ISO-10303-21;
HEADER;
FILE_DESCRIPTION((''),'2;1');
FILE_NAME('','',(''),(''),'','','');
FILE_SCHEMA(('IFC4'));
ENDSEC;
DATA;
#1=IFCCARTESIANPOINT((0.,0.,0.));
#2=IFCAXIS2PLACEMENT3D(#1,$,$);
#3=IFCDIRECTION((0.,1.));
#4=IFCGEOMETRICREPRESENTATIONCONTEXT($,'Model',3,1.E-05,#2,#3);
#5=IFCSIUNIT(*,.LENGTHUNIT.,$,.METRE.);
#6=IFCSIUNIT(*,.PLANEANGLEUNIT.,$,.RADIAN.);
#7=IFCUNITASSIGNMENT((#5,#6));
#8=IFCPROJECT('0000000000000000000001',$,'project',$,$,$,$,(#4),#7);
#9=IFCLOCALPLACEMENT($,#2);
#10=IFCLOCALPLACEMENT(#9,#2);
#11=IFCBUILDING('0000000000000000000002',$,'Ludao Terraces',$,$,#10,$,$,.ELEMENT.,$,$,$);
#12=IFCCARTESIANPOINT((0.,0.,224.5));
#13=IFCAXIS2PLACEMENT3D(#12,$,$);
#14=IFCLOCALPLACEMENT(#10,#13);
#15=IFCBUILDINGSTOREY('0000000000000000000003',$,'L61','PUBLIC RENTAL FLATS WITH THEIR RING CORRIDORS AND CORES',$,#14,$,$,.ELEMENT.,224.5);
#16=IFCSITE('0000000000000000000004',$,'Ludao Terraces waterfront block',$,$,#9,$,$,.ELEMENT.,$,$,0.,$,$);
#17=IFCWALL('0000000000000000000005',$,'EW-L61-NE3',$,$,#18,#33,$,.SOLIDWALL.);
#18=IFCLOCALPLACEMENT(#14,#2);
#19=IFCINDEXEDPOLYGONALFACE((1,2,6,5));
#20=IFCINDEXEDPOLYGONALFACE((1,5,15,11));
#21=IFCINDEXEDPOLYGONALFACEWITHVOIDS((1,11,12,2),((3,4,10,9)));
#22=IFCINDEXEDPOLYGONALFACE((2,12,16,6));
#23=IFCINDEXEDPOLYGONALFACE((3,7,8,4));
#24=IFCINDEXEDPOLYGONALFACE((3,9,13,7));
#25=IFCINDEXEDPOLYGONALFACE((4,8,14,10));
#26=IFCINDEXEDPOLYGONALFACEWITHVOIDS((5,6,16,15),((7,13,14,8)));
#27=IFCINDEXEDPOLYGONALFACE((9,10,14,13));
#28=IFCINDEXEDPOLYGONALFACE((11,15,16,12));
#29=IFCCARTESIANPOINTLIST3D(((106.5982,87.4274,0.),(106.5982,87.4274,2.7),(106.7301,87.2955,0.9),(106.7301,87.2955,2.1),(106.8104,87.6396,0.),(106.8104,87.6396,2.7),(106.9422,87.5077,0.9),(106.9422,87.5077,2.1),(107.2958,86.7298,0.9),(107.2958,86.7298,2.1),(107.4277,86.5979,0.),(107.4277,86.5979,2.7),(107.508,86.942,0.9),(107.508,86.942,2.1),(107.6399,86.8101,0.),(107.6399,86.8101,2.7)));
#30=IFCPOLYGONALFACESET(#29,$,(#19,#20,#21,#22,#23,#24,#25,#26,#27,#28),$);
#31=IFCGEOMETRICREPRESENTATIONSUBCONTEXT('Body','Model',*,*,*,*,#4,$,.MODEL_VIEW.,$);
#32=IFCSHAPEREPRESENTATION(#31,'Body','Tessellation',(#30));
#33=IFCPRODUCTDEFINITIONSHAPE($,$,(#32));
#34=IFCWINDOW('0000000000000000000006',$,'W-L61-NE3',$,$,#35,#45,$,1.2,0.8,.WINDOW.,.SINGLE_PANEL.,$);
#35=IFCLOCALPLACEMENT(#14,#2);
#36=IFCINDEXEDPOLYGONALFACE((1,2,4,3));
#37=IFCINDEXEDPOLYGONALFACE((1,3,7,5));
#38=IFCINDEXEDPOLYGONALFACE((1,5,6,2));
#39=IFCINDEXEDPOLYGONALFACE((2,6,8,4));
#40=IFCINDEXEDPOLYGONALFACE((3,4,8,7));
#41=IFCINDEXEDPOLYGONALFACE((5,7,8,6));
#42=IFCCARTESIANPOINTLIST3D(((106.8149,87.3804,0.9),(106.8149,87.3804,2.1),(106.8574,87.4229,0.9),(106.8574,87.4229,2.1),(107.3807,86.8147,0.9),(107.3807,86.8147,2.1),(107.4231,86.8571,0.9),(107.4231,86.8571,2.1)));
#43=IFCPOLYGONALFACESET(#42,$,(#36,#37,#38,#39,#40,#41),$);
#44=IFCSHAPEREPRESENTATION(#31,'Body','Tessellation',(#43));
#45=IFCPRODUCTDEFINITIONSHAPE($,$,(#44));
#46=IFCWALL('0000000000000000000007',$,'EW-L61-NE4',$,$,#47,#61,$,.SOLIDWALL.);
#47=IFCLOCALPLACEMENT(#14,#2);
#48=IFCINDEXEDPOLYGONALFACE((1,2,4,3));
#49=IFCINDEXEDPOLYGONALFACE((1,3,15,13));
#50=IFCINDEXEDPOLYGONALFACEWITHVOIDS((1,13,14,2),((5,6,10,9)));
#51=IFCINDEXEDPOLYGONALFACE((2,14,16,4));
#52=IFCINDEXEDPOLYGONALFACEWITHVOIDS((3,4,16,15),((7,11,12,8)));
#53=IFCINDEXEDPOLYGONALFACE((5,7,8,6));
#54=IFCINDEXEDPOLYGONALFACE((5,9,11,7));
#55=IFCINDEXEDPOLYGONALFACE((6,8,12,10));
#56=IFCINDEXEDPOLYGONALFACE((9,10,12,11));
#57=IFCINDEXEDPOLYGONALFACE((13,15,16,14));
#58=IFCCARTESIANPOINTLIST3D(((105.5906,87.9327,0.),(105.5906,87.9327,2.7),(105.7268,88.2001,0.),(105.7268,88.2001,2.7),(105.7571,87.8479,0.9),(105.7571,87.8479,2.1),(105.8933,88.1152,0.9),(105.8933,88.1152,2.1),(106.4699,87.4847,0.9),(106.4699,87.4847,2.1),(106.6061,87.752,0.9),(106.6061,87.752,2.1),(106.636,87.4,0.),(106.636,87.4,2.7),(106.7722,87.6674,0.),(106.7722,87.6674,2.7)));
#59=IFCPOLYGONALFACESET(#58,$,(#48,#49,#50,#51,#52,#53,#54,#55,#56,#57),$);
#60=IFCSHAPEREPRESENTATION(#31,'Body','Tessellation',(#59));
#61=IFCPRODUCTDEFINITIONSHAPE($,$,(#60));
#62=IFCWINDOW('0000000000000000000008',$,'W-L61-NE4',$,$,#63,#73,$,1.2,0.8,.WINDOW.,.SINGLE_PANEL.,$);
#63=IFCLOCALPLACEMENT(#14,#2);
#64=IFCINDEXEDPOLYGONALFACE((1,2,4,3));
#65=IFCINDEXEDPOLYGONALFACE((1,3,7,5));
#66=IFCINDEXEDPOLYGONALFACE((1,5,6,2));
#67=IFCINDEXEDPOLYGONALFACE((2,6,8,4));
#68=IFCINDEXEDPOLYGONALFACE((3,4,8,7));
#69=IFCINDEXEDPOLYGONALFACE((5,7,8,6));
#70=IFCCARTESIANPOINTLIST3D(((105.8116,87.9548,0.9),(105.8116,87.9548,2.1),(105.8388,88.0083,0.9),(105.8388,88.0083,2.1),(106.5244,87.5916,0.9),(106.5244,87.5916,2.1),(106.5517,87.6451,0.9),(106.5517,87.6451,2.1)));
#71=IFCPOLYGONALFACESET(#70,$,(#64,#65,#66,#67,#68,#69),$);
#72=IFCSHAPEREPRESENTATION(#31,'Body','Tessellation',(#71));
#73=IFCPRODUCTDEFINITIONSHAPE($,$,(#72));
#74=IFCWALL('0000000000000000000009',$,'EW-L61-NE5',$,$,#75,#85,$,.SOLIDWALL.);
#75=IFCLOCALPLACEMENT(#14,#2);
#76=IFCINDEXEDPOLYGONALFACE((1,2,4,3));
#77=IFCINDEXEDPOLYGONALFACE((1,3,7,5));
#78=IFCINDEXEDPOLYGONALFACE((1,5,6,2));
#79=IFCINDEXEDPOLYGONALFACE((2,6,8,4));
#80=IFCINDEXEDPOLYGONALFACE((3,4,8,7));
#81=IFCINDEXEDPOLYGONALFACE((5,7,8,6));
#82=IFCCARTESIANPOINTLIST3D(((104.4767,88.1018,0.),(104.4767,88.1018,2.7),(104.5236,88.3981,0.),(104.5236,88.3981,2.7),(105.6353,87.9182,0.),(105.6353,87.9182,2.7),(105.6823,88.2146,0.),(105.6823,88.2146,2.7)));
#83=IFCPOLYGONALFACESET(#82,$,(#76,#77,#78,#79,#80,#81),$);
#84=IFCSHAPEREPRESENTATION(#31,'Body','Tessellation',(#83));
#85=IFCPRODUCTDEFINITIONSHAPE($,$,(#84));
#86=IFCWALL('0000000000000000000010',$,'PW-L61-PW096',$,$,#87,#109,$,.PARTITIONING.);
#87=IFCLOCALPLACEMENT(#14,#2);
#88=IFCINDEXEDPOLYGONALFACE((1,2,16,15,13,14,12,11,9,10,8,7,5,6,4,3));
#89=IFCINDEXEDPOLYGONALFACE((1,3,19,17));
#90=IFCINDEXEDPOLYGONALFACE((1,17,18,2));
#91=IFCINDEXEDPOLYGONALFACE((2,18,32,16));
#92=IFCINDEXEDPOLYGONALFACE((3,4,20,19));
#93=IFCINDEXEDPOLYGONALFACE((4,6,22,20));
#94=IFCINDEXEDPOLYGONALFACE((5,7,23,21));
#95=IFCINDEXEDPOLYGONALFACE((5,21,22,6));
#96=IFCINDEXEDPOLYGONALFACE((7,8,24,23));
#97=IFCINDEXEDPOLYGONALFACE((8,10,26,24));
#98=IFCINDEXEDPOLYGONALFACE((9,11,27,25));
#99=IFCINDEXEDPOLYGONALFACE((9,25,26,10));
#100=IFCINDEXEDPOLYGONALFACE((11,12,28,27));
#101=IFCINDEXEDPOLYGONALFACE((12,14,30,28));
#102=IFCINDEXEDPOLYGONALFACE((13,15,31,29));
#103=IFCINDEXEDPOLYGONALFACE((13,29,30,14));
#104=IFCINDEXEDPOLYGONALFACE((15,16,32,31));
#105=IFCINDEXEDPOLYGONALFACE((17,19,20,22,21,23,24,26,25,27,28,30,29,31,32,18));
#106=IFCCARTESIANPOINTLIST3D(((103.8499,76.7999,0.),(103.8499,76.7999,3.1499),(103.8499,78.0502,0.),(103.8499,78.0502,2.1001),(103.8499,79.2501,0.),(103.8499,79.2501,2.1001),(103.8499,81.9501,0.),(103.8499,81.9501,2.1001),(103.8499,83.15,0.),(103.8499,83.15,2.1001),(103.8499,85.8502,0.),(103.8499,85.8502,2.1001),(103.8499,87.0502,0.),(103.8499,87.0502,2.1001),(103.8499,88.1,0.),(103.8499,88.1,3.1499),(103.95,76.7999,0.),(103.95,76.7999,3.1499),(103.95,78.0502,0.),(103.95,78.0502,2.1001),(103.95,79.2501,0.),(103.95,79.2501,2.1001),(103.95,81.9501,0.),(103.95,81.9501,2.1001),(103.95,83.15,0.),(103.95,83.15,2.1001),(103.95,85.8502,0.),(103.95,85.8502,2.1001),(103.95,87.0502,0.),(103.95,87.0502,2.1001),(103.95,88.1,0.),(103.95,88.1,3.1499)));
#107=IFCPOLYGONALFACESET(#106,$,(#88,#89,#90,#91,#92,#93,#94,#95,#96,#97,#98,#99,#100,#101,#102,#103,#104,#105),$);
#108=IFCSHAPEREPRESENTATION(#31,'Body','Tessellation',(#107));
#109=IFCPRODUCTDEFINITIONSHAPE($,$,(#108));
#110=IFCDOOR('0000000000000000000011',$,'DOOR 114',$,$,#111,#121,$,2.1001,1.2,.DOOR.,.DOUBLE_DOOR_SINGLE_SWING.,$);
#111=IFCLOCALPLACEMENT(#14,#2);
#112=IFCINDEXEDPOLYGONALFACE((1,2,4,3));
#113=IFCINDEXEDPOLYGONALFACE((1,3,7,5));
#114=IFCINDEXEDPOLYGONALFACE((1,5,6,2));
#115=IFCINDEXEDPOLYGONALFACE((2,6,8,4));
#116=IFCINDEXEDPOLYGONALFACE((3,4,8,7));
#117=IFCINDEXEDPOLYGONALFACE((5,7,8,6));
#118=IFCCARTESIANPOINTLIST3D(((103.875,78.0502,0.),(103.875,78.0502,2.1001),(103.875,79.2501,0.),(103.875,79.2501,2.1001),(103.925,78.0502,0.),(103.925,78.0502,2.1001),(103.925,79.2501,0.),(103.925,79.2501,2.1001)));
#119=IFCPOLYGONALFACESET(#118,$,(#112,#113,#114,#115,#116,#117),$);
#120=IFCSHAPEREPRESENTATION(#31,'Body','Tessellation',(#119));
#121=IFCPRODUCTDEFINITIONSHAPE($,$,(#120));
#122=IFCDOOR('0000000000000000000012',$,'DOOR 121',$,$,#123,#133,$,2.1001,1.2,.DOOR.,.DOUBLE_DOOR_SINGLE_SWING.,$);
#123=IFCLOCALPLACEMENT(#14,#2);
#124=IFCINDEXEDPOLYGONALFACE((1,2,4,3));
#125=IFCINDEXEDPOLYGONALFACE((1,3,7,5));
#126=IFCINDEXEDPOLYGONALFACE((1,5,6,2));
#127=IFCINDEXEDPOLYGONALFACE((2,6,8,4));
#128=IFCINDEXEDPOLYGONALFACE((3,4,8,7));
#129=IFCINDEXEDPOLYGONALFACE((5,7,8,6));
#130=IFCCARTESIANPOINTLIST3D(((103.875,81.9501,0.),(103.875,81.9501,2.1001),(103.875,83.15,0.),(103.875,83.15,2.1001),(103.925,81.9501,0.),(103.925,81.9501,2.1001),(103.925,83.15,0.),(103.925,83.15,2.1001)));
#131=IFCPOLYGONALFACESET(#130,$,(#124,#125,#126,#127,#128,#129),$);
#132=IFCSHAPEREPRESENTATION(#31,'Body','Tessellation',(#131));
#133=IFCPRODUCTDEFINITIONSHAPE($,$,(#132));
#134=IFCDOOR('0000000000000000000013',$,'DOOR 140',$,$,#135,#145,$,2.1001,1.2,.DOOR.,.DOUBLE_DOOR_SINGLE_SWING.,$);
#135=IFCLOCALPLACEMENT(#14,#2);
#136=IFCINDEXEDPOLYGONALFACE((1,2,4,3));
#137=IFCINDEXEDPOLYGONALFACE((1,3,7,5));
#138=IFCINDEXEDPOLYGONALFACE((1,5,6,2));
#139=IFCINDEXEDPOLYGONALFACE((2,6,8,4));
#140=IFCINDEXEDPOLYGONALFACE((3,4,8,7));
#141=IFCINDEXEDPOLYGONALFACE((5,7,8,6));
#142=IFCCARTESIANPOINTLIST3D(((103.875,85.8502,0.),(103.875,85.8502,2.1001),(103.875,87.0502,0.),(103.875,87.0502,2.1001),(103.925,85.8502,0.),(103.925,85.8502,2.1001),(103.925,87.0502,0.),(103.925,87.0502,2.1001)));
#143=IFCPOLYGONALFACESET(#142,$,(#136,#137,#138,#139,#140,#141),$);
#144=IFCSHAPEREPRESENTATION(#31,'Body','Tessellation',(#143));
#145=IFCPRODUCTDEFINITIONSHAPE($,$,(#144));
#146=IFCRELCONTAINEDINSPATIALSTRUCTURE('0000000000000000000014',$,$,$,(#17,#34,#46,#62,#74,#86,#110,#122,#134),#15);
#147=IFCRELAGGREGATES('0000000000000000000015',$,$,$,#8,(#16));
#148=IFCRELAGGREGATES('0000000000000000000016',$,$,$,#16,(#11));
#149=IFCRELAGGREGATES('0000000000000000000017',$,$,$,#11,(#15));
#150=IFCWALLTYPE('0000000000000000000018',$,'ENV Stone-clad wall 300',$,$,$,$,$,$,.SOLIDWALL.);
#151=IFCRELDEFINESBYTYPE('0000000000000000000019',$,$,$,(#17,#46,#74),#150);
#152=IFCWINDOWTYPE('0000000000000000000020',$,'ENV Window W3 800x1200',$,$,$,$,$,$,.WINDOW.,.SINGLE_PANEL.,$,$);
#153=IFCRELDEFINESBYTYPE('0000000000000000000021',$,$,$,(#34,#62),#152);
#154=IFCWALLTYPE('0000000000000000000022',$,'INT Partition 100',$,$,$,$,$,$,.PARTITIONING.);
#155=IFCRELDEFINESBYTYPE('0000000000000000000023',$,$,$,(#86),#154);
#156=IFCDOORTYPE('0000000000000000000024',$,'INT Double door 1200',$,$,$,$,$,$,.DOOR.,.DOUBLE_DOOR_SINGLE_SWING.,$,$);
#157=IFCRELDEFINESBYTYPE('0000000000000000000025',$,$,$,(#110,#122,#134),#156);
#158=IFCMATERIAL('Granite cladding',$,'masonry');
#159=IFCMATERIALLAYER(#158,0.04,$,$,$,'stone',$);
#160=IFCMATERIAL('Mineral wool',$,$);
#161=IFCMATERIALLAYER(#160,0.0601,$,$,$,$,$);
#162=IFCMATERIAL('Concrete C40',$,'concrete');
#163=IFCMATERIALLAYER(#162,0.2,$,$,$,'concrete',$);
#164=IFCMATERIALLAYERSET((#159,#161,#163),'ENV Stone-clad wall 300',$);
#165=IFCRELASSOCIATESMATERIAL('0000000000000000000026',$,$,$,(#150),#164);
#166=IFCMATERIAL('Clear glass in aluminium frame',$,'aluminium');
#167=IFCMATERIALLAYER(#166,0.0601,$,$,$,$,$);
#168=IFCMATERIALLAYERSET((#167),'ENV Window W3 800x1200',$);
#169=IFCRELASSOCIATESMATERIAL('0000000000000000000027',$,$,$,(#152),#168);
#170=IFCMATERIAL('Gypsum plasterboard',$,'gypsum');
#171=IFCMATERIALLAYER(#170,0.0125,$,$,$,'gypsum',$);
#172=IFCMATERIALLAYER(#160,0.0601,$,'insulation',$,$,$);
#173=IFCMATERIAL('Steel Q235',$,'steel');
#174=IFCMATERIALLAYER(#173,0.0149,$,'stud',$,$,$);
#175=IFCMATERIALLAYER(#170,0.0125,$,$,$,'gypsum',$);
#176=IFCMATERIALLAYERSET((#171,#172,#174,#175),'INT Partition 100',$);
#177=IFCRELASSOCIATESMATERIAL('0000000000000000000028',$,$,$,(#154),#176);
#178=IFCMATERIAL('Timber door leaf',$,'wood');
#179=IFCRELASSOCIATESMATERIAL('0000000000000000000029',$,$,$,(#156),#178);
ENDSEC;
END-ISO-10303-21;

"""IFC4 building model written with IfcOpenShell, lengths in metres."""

from ifc_helpers import new_model, si_unit, direction, frame, frame_2d, origin, place, context, subcontext, project, spatial, rectangle, extrude, material, layer, layer_set, type_object, element, fill, save


model = new_model("IFC4")

# Units and contexts
model_context = context("Model", 3, precision=1e-05, world=origin(), true_north=direction((0.0, 1.0)))
body_context = subcontext(model_context, "Body", "Model", "MODEL_VIEW")
ifc_project = project(units=[si_unit("LENGTHUNIT", "METRE"), si_unit("PLANEANGLEUNIT", "RADIAN")], contexts=[model_context])

# Site, building, storey
site_placement = place(None, origin())
site = spatial("IfcSite", under=ifc_project, at=site_placement, Name="Ludao Terraces waterfront block", CompositionType="ELEMENT", RefElevation=0.0)
building_placement = place(site_placement, origin())
building = spatial("IfcBuilding", under=site, at=building_placement, Name="Ludao Terraces", CompositionType="ELEMENT")
storey_placement = place(building_placement, frame((0.0, 0.0, 224.5)))
storey = spatial("IfcBuildingStorey", under=building, at=storey_placement, Name="L61", Description="PUBLIC RENTAL FLATS WITH THEIR RING CORRIDORS AND CORES", CompositionType="ELEMENT", Elevation=224.5)

# Shared definitions
ifc_material_1 = material(Name="Concrete C40", Category="concrete")

# Shared definitions
ifc_material_2 = material(Name="Granite cladding", Category="masonry")
ifc_layer_1 = layer(ifc_material_2, 0.04, Category="stone")
ifc_material_3 = material(Name="Mineral wool")
ifc_layer_2 = layer(ifc_material_3, 0.0601)
ifc_layer_3 = layer(ifc_material_1, 0.2, Category="concrete")
ifc_layer_set_1 = layer_set([ifc_layer_1, ifc_layer_2, ifc_layer_3], Name="ENV Stone-clad wall 300")
wall_type_1 = type_object("IfcWallType", Name="ENV Stone-clad wall 300", PredefinedType="SOLIDWALL", material=ifc_layer_set_1)
ifc_material_4 = material(Name="Clear glass in aluminium frame", Category="aluminium")

# Walls, openings, windows
ifc_layer_4 = layer(ifc_material_4, 0.0601)
ifc_layer_set_2 = layer_set([ifc_layer_4], Name="ENV Window W3 800x1200")
window_type_1 = type_object("IfcWindowType", Name="ENV Window W3 800x1200", PartitioningType="SINGLE_PANEL", PredefinedType="WINDOW", material=ifc_layer_set_2)
wall_1_placement = place(storey_placement, frame((107.5337, 86.7041, 0.0), z_axis=(0.0, 0.0, 1.0), x_axis=(-0.707107, 0.707107, 0.0)))
wall_1 = element("IfcWall", 1, at=wall_1_placement, inside=storey, type_object=wall_type_1, Name="EW-L61-NE3", PredefinedType="SOLIDWALL", context=body_context, shape_type="SweptSolid", body=[
    extrude(rectangle(XDim=1.1731, YDim=0.3, at=frame_2d((0.5864, 0.0))), origin(), (0.0, 0.0, 1.0), 2.7),
])
opening_1_placement = place(wall_1_placement, frame((0.1865, 0.0, 0.8999)))
opening_1 = element("IfcOpeningElement", 2, at=opening_1_placement, cuts=wall_1, PredefinedType="OPENING", context=body_context, shape_type="SweptSolid", body=[
    extrude(rectangle(XDim=0.8, YDim=1.2, at=frame_2d((0.3999, 0.6001))), frame((0.0, 0.1602, 0.0), z_axis=(0.0, -1.0, 0.0), x_axis=(1.0, 0.0, 0.0)), (0.0, 0.0, 1.0), 0.3201),
])
window_1_placement = place(opening_1_placement, origin())
window_1 = element("IfcWindow", 3, at=window_1_placement, inside=storey, type_object=window_type_1, Name="W-L61-NE3", OverallHeight=1.2, OverallWidth=0.8, PartitioningType="SINGLE_PANEL", PredefinedType="WINDOW", context=body_context, shape_type="SweptSolid", body=[
    extrude(rectangle(XDim=0.8, YDim=1.2, at=frame_2d((0.3999, 0.6001))), frame((0.0, 0.03, 0.0), z_axis=(0.0, -1.0, 0.0), x_axis=(1.0, 0.0, 0.0)), (0.0, 0.0, 1.0), 0.0601),
])
fill(opening_1, window_1)
wall_2_placement = place(storey_placement, frame((106.7041, 87.5337, 0.0), z_axis=(0.0, 0.0, 1.0), x_axis=(-0.890989, 0.454026, 0.0)))
wall_2 = element("IfcWall", 4, at=wall_2_placement, inside=storey, type_object=wall_type_1, Name="EW-L61-NE4", PredefinedType="SOLIDWALL", context=body_context, shape_type="SweptSolid", body=[
    extrude(rectangle(XDim=1.1733, YDim=0.3, at=frame_2d((0.5867, 0.0))), origin(), (0.0, 0.0, 1.0), 2.7),
])
opening_2_placement = place(wall_2_placement, frame((0.1865, 0.0, 0.8999)))
opening_2 = element("IfcOpeningElement", 5, at=opening_2_placement, cuts=wall_2, PredefinedType="OPENING", context=body_context, shape_type="SweptSolid", body=[
    extrude(rectangle(XDim=0.8, YDim=1.2, at=frame_2d((0.3999, 0.6001))), frame((0.0, 0.1602, 0.0), z_axis=(0.0, -1.0, 0.0), x_axis=(1.0, 0.0, 0.0)), (0.0, 0.0, 1.0), 0.3201),
])
window_2_placement = place(opening_2_placement, origin())
window_2 = element("IfcWindow", 6, at=window_2_placement, inside=storey, type_object=window_type_1, Name="W-L61-NE4", OverallHeight=1.2, OverallWidth=0.8, PartitioningType="SINGLE_PANEL", PredefinedType="WINDOW", context=body_context, shape_type="SweptSolid", body=[
    extrude(rectangle(XDim=0.8, YDim=1.2, at=frame_2d((0.3999, 0.6001))), frame((0.0, 0.03, 0.0), z_axis=(0.0, -1.0, 0.0), x_axis=(1.0, 0.0, 0.0)), (0.0, 0.0, 1.0), 0.0601),
])
fill(opening_2, window_2)

# Wall
wall_3_placement = place(storey_placement, frame((105.6587, 88.0664, 0.0), z_axis=(0.0, 0.0, 1.0), x_axis=(-0.987678, 0.156497, 0.0)))
element("IfcWall", 7, at=wall_3_placement, inside=storey, type_object=wall_type_1, Name="EW-L61-NE5", PredefinedType="SOLIDWALL", context=body_context, shape_type="SweptSolid", body=[
    extrude(rectangle(XDim=1.1731, YDim=0.3, at=frame_2d((0.5864, 0.0))), origin(), (0.0, 0.0, 1.0), 2.7),
])

# Wall, openings, doors
ifc_material_5 = material(Name="Gypsum plasterboard", Category="gypsum")
ifc_layer_5 = layer(ifc_material_5, 0.0125, Category="gypsum")
ifc_layer_6 = layer(ifc_material_3, 0.0601, Name="insulation")
ifc_material_6 = material(Name="Steel Q235", Category="steel")
ifc_layer_7 = layer(ifc_material_6, 0.0149, Name="stud")
ifc_layer_8 = layer(ifc_material_5, 0.0125, Category="gypsum")
ifc_layer_set_3 = layer_set([ifc_layer_5, ifc_layer_6, ifc_layer_7, ifc_layer_8], Name="INT Partition 100")
wall_type_2 = type_object("IfcWallType", Name="INT Partition 100", PredefinedType="PARTITIONING", material=ifc_layer_set_3)
wall_4_placement = place(storey_placement, frame((103.8999, 76.8, 0.0), z_axis=(0.0, 0.0, 1.0), x_axis=(0.0, 1.0, 0.0)))
wall_4 = element("IfcWall", 8, at=wall_4_placement, inside=storey, type_object=wall_type_2, Name="PW-L61-PW096", PredefinedType="PARTITIONING", context=body_context, shape_type="SweptSolid", body=[
    extrude(rectangle(XDim=11.3, YDim=0.1001, at=frame_2d((5.6499, 0.0))), origin(), (0.0, 0.0, 1.0), 3.1499),
])
opening_3_placement = place(wall_4_placement, frame((1.25, 0.0, 0.0)))
opening_3 = element("IfcOpeningElement", 9, at=opening_3_placement, cuts=wall_4, PredefinedType="OPENING", context=body_context, shape_type="SweptSolid", body=[
    extrude(rectangle(XDim=1.2, YDim=2.1001, at=frame_2d((0.6001, 1.05))), frame((0.0, 0.0601, 0.0), z_axis=(0.0, -1.0, 0.0), x_axis=(1.0, 0.0, 0.0)), (0.0, 0.0, 1.0), 0.1201),
])
opening_4_placement = place(wall_4_placement, frame((5.1499, 0.0, 0.0)))
opening_4 = element("IfcOpeningElement", 10, at=opening_4_placement, cuts=wall_4, PredefinedType="OPENING", context=body_context, shape_type="SweptSolid", body=[
    extrude(rectangle(XDim=1.2, YDim=2.1001, at=frame_2d((0.6001, 1.05))), frame((0.0, 0.0601, 0.0), z_axis=(0.0, -1.0, 0.0), x_axis=(1.0, 0.0, 0.0)), (0.0, 0.0, 1.0), 0.1201),
])
opening_5_placement = place(wall_4_placement, frame((9.05, 0.0, 0.0)))
opening_5 = element("IfcOpeningElement", 11, at=opening_5_placement, cuts=wall_4, PredefinedType="OPENING", context=body_context, shape_type="SweptSolid", body=[
    extrude(rectangle(XDim=1.2, YDim=2.1001, at=frame_2d((0.6001, 1.05))), frame((0.0, 0.0601, 0.0), z_axis=(0.0, -1.0, 0.0), x_axis=(1.0, 0.0, 0.0)), (0.0, 0.0, 1.0), 0.1201),
])
ifc_material_7 = material(Name="Timber door leaf", Category="wood")
door_type = type_object("IfcDoorType", Name="INT Double door 1200", OperationType="DOUBLE_DOOR_SINGLE_SWING", PredefinedType="DOOR", material=ifc_material_7)
door_1_placement = place(opening_3_placement, origin())
door_1 = element("IfcDoor", 12, at=door_1_placement, inside=storey, type_object=door_type, Name="DOOR 114", OperationType="DOUBLE_DOOR_SINGLE_SWING", OverallHeight=2.1001, OverallWidth=1.2, PredefinedType="DOOR", context=body_context, shape_type="SweptSolid", body=[
    extrude(rectangle(XDim=1.2, YDim=2.1001, at=frame_2d((0.6001, 1.05))), frame((0.0, 0.0249, 0.0), z_axis=(0.0, -1.0, 0.0), x_axis=(1.0, 0.0, 0.0)), (0.0, 0.0, 1.0), 0.05),
])
fill(opening_3, door_1)
door_2_placement = place(opening_4_placement, origin())
door_2 = element("IfcDoor", 13, at=door_2_placement, inside=storey, type_object=door_type, Name="DOOR 121", OperationType="DOUBLE_DOOR_SINGLE_SWING", OverallHeight=2.1001, OverallWidth=1.2, PredefinedType="DOOR", context=body_context, shape_type="SweptSolid", body=[
    extrude(rectangle(XDim=1.2, YDim=2.1001, at=frame_2d((0.6001, 1.05))), frame((0.0, 0.0249, 0.0), z_axis=(0.0, -1.0, 0.0), x_axis=(1.0, 0.0, 0.0)), (0.0, 0.0, 1.0), 0.05),
])
fill(opening_4, door_2)
door_3_placement = place(opening_5_placement, origin())
door_3 = element("IfcDoor", 14, at=door_3_placement, inside=storey, type_object=door_type, Name="DOOR 140", OperationType="DOUBLE_DOOR_SINGLE_SWING", OverallHeight=2.1001, OverallWidth=1.2, PredefinedType="DOOR", context=body_context, shape_type="SweptSolid", body=[
    extrude(rectangle(XDim=1.2, YDim=2.1001, at=frame_2d((0.6001, 1.05))), frame((0.0, 0.0249, 0.0), z_axis=(0.0, -1.0, 0.0), x_axis=(1.0, 0.0, 0.0)), (0.0, 0.0, 1.0), 0.05),
])
fill(opening_5, door_3)

save(model, "model.ifc")
